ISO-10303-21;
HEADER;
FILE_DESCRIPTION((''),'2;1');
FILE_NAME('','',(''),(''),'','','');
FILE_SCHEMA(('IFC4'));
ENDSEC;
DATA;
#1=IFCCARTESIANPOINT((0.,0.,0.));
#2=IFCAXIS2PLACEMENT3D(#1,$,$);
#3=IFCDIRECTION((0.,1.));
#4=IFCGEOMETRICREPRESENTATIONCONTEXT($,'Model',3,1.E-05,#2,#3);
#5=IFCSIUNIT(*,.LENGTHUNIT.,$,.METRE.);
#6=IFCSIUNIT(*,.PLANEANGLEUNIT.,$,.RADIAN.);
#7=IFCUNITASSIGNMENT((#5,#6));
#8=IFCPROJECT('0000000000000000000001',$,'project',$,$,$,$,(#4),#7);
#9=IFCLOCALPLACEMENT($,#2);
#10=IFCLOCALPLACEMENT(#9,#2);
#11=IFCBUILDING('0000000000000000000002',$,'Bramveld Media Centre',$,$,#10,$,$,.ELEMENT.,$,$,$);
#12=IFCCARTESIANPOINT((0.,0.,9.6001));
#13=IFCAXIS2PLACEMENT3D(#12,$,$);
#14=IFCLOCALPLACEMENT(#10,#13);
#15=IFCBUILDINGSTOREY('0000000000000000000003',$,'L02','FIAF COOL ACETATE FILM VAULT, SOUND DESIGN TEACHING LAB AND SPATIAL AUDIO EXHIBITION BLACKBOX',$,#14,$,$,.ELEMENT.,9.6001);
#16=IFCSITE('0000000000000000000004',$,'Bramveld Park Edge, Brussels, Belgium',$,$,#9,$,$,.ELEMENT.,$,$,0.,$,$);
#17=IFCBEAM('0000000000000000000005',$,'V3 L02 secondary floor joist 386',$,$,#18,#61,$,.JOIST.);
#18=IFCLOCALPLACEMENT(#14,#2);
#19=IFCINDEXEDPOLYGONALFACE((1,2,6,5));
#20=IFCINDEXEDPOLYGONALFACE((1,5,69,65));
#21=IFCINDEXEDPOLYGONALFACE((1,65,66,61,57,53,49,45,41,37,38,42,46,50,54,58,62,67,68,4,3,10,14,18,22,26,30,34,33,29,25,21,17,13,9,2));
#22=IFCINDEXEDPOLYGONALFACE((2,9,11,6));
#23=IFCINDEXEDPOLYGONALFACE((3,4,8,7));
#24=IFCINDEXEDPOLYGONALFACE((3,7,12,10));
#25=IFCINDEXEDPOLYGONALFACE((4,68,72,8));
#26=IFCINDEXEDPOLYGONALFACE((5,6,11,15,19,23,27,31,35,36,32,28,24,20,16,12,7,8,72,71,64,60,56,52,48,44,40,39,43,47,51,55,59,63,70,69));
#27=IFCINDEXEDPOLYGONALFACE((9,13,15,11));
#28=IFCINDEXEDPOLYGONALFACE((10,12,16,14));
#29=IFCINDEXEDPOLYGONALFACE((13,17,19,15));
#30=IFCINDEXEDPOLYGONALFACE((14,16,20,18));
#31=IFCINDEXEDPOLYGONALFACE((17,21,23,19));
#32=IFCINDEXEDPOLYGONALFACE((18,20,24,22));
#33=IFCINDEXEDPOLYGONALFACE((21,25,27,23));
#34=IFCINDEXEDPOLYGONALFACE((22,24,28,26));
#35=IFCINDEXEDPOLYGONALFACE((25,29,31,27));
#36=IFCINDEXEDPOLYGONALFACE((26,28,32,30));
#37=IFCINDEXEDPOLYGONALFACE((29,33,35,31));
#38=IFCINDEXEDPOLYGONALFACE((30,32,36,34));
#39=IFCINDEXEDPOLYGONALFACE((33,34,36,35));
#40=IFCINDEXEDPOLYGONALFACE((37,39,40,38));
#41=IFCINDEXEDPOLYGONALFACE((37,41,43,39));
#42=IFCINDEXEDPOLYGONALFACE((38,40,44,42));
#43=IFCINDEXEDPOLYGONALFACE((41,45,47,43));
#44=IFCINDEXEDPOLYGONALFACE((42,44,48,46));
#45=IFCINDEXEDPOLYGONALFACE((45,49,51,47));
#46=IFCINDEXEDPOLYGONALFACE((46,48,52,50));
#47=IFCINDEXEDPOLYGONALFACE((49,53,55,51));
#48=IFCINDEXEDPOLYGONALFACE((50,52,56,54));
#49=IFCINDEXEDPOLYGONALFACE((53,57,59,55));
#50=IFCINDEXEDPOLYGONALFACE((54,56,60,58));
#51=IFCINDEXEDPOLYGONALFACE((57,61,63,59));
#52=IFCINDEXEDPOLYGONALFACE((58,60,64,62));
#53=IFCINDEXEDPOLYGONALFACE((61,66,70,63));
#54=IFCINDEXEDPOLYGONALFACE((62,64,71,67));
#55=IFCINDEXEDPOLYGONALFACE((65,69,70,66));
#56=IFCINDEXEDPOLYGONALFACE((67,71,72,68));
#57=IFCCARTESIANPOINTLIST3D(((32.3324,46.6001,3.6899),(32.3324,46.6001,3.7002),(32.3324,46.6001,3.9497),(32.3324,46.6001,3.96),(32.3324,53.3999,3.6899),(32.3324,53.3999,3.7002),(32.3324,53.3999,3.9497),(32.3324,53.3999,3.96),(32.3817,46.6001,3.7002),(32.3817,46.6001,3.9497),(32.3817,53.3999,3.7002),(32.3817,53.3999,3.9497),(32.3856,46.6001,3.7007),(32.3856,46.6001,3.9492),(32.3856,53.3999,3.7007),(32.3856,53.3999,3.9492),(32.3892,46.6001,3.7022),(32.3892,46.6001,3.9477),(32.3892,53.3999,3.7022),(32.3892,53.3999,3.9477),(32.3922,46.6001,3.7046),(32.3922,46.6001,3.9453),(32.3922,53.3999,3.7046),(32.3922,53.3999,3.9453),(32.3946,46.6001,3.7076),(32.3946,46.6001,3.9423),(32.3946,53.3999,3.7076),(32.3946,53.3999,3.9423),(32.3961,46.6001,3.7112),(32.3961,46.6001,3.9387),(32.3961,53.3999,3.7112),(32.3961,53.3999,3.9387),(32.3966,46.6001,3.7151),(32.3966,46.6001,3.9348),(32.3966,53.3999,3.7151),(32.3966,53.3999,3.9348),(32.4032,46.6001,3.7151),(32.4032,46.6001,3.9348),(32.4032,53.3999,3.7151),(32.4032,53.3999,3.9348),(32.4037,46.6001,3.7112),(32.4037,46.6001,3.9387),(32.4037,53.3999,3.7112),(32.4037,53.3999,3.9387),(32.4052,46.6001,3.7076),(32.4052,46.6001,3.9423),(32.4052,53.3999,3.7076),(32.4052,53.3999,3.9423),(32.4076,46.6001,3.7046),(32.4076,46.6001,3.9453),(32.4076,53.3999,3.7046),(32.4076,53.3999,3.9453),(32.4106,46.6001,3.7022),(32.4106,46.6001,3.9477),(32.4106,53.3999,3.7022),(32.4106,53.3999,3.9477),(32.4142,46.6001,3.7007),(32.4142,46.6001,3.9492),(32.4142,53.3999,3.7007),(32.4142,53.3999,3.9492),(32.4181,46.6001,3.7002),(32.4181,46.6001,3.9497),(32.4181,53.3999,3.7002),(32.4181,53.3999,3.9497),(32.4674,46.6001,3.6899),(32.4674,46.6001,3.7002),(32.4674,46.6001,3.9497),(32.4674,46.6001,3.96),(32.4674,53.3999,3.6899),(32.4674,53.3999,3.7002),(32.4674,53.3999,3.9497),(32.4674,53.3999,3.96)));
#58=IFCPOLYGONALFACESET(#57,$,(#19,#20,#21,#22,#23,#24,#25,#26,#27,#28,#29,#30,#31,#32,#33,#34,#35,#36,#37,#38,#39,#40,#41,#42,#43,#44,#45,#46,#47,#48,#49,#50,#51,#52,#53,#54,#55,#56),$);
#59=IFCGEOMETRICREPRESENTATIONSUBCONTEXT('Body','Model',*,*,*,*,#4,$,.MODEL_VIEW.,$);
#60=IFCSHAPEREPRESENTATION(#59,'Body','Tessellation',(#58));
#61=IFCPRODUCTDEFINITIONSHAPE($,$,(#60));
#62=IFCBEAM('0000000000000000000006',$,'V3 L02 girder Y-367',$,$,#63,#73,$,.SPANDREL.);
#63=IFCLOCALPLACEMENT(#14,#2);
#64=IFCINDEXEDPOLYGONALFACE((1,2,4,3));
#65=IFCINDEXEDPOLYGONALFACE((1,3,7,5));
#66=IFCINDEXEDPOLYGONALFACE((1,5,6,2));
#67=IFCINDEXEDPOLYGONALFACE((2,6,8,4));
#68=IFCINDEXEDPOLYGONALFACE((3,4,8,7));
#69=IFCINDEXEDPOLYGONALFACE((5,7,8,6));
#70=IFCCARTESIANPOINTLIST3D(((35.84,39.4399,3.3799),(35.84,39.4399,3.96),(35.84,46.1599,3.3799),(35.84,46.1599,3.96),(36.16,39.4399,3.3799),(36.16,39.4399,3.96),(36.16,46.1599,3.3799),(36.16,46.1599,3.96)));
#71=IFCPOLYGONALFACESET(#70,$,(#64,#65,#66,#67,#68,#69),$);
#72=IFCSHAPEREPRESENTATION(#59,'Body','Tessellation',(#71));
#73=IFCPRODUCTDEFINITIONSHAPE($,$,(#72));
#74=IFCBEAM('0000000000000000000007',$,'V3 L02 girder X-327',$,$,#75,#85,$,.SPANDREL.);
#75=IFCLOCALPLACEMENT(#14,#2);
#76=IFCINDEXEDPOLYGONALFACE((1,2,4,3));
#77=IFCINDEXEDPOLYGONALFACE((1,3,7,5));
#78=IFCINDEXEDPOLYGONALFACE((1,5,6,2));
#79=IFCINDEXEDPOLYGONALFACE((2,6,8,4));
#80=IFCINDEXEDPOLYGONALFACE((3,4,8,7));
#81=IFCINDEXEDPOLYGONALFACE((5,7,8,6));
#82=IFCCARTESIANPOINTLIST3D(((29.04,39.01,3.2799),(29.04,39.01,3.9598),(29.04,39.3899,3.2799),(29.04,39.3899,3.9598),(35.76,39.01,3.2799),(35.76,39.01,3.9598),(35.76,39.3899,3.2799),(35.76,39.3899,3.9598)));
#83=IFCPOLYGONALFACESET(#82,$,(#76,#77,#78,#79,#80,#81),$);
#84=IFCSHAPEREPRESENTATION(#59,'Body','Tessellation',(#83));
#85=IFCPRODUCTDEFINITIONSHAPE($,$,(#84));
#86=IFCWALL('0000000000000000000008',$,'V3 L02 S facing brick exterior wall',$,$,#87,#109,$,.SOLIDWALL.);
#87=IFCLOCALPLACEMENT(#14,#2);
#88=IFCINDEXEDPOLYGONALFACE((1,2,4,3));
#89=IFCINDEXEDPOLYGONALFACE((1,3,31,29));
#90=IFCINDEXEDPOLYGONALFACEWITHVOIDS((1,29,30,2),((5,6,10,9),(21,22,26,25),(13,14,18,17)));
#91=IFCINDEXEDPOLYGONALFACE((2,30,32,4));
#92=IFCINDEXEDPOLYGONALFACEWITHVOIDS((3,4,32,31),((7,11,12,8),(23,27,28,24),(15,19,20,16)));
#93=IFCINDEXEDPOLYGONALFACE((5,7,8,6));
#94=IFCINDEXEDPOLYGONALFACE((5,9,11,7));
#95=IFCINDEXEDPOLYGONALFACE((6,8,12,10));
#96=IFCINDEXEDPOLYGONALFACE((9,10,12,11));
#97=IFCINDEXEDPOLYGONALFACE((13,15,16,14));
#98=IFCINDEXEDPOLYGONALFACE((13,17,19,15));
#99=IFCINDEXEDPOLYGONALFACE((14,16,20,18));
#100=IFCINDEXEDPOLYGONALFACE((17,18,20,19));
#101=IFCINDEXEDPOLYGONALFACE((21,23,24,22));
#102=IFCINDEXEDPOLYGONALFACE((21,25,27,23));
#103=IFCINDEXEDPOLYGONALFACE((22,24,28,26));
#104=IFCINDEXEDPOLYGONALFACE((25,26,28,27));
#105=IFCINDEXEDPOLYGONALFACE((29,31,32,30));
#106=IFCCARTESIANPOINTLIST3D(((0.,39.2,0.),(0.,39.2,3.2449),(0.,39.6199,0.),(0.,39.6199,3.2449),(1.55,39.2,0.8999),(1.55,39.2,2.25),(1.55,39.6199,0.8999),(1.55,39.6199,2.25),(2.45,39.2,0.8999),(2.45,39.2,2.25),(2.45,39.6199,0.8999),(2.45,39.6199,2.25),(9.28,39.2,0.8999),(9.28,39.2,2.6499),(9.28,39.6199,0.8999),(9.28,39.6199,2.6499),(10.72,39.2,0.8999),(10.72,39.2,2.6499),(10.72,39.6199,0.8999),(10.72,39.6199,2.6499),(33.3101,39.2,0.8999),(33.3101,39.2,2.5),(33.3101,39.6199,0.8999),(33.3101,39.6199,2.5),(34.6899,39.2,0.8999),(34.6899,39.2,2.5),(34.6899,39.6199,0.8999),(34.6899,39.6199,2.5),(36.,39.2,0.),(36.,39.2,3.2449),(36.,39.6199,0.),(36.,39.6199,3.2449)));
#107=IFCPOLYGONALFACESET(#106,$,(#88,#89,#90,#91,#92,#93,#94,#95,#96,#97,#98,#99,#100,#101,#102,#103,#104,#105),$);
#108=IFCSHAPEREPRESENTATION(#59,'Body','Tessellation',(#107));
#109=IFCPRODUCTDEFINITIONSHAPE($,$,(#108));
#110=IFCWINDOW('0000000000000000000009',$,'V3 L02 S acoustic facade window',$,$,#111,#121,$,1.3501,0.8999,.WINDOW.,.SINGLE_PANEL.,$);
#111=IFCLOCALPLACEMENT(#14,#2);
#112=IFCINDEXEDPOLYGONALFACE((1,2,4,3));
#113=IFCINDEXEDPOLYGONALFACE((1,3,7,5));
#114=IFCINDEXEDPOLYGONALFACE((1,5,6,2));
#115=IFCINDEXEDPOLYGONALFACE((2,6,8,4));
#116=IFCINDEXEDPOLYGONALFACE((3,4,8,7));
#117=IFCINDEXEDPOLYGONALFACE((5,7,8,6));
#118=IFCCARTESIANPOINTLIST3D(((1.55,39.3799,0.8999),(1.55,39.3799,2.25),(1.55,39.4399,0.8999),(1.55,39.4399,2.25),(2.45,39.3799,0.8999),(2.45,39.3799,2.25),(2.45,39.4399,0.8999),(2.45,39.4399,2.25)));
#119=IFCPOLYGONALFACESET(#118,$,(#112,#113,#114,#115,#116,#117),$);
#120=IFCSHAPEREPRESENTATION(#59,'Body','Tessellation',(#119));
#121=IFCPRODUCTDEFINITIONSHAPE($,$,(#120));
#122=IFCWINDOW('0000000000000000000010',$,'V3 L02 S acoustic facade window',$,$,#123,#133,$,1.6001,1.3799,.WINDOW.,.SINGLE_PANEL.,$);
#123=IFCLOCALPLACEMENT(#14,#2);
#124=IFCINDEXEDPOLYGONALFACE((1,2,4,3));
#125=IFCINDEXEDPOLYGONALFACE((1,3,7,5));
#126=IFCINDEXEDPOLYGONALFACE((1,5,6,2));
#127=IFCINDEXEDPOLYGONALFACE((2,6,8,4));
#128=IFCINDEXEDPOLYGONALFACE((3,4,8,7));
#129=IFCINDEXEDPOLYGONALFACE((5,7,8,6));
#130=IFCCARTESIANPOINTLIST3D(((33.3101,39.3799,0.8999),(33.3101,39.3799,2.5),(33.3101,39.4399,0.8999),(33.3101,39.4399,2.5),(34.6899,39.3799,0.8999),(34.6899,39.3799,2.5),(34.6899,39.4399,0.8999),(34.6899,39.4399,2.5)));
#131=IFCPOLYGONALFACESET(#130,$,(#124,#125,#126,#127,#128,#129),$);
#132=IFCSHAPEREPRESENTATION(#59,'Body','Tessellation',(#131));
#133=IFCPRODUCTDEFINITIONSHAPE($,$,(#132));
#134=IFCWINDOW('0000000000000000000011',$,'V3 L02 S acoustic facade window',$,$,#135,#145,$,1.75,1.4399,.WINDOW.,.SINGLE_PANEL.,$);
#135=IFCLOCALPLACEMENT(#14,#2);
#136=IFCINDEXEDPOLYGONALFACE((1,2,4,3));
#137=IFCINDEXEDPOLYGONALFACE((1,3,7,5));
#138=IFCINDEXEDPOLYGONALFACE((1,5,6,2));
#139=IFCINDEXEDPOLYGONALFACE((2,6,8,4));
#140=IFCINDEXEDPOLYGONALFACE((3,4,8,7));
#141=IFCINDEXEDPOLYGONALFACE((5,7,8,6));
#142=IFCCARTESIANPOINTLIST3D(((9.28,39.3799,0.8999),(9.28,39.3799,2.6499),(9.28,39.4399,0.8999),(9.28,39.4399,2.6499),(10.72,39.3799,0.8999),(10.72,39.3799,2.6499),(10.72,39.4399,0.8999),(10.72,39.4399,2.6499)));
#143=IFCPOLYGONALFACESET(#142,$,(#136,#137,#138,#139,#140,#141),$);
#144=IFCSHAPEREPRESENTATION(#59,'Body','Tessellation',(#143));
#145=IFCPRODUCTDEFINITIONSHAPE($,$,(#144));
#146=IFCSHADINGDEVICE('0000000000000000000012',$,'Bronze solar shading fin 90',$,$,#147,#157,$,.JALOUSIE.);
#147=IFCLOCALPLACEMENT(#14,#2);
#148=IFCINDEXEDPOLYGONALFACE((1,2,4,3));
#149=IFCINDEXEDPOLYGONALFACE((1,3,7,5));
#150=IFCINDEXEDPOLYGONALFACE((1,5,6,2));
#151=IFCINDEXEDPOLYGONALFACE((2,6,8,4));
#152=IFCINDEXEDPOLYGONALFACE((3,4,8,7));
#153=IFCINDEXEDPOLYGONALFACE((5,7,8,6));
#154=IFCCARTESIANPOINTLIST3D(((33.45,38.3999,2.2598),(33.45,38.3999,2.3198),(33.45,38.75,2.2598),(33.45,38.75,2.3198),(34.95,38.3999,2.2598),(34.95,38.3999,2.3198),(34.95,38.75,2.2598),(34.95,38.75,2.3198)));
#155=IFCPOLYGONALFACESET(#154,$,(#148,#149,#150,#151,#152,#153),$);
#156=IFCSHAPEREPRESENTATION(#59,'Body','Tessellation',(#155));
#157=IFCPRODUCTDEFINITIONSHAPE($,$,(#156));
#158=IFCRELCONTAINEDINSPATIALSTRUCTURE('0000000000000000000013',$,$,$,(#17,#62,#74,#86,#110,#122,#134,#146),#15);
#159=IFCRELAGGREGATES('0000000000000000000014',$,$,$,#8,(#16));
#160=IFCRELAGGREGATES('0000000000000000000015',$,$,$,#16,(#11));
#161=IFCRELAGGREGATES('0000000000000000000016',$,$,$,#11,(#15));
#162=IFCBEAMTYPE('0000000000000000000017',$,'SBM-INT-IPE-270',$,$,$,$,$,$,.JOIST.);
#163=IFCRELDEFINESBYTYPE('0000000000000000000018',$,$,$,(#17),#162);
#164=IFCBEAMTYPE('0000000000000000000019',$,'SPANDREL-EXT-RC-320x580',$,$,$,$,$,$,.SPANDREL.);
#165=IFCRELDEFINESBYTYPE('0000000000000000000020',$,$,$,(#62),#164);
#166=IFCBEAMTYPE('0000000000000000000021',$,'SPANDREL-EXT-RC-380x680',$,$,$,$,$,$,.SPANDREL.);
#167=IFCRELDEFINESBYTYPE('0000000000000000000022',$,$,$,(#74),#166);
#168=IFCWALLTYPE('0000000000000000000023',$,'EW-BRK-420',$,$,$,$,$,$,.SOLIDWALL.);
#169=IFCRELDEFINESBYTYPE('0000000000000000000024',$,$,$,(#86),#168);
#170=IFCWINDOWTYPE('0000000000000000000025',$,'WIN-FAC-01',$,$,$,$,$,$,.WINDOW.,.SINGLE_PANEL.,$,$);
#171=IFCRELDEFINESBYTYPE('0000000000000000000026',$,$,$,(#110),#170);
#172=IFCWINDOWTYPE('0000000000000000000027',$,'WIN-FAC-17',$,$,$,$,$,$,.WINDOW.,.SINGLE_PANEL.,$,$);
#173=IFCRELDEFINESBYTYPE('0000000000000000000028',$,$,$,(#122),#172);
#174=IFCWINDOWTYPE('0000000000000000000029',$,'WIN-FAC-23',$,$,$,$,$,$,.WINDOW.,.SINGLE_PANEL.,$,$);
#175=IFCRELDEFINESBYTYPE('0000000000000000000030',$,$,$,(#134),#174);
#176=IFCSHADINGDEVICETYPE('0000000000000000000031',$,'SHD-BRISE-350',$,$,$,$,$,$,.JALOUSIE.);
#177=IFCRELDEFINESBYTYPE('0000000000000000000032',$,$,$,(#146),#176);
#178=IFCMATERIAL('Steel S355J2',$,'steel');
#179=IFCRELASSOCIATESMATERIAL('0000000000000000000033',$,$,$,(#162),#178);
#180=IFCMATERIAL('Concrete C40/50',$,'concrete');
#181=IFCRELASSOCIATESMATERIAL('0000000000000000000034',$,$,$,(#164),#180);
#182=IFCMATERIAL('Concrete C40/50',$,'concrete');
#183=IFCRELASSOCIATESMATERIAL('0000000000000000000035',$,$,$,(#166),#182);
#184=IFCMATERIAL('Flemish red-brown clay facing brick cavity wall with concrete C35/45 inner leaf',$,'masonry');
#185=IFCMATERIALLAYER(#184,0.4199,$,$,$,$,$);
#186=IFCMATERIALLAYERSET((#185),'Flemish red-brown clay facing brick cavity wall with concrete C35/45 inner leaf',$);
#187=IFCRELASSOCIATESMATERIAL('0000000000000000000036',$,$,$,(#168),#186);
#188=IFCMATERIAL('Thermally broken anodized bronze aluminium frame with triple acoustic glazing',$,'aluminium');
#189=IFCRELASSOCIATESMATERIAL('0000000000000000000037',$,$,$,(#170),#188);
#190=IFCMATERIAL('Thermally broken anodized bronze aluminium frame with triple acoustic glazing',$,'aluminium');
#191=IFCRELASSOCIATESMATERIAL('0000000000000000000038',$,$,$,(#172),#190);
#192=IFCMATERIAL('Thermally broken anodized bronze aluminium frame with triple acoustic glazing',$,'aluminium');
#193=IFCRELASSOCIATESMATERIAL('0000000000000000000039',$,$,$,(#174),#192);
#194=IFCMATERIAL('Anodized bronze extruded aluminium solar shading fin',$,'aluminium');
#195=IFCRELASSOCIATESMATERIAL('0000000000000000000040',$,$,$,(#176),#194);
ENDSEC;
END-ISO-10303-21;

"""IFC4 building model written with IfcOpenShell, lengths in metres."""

from ifc_helpers import new_model, si_unit, direction, frame, frame_2d, origin, origin_2d, place, context, subcontext, project, spatial, rectangle, i_section, extrude, material, layer, layer_set, material_profile, profile_set, type_object, element, fill, save


model = new_model("IFC4")

# Units and contexts
model_context = context("Model", 3, precision=1e-05, world=origin(), true_north=direction((0.0, 1.0)))
body_context = subcontext(model_context, "Body", "Model", "MODEL_VIEW")
ifc_project = project(units=[si_unit("LENGTHUNIT", "METRE"), si_unit("PLANEANGLEUNIT", "RADIAN")], contexts=[model_context])

# Site, building, storey
site_placement = place(None, origin())
site = spatial("IfcSite", under=ifc_project, at=site_placement, Name="Bramveld Park Edge, Brussels, Belgium", CompositionType="ELEMENT", RefElevation=0.0)
building_placement = place(site_placement, origin())
building = spatial("IfcBuilding", under=site, at=building_placement, Name="Bramveld Media Centre", CompositionType="ELEMENT")
storey_placement = place(building_placement, frame((0.0, 0.0, 9.6001)))
storey = spatial("IfcBuildingStorey", under=building, at=storey_placement, Name="L02", Description="FIAF COOL ACETATE FILM VAULT, SOUND DESIGN TEACHING LAB AND SPATIAL AUDIO EXHIBITION BLACKBOX", CompositionType="ELEMENT", Elevation=9.6001)

# Beams
ifc_material_1 = material(Name="Steel S355J2", Category="steel")
ifc_material_profile_1 = material_profile(ifc_material_1, i_section(OverallWidth=0.135, OverallDepth=0.27, WebThickness=0.0066, FlangeThickness=0.0103, FilletRadius=0.0149, at=origin_2d()), Name="IPE 270")
ifc_profile_set_1 = profile_set([ifc_material_profile_1], Name="Steel S355J2")
beam_type_1 = type_object("IfcBeamType", Name="SBM-INT-IPE-270", PredefinedType="JOIST", material=ifc_profile_set_1)
beam_1_placement = place(storey_placement, frame((32.3999, 46.6001, 3.825), z_axis=(0.0, 1.0, 0.0), x_axis=(-1.0, 0.0, 0.0)))
element("IfcBeam", 1, at=beam_1_placement, inside=storey, type_object=beam_type_1, Name="V3 L02 secondary floor joist 386", PredefinedType="JOIST", context=body_context, shape_type="SweptSolid", body=[
    extrude(i_section(OverallWidth=0.135, OverallDepth=0.27, WebThickness=0.0066, FlangeThickness=0.0103, FilletRadius=0.0149, at=origin_2d()), origin(), (0.0, 0.0, 1.0), 6.7998),
])
ifc_material_2 = material(Name="Concrete C40/50", Category="concrete")
ifc_material_profile_2 = material_profile(ifc_material_2, rectangle(XDim=0.3201, YDim=0.5801, at=origin_2d()), Name="RC 320x580")
ifc_profile_set_2 = profile_set([ifc_material_profile_2], Name="Concrete C40/50")
beam_type_2 = type_object("IfcBeamType", Name="SPANDREL-EXT-RC-320x580", PredefinedType="SPANDREL", material=ifc_profile_set_2)
beam_2_placement = place(storey_placement, frame((36.0, 39.4399, 3.6699), z_axis=(0.0, 1.0, 0.0), x_axis=(-1.0, 0.0, 0.0)))
element("IfcBeam", 2, at=beam_2_placement, inside=storey, type_object=beam_type_2, Name="V3 L02 girder Y-367", PredefinedType="SPANDREL", context=body_context, shape_type="SweptSolid", body=[
    extrude(rectangle(XDim=0.3201, YDim=0.5801, at=origin_2d()), origin(), (0.0, 0.0, 1.0), 6.72),
])
ifc_material_3 = material(Name="Concrete C40/50", Category="concrete")
ifc_material_profile_3 = material_profile(ifc_material_3, rectangle(XDim=0.3799, YDim=0.6799, at=origin_2d()), Name="RC 380x680")
ifc_profile_set_3 = profile_set([ifc_material_profile_3], Name="Concrete C40/50")
beam_type_3 = type_object("IfcBeamType", Name="SPANDREL-EXT-RC-380x680", PredefinedType="SPANDREL", material=ifc_profile_set_3)
beam_3_placement = place(storey_placement, frame((29.04, 39.2, 3.6199), z_axis=(1.0, 0.0, 0.0), x_axis=(0.0, 1.0, 0.0)))
element("IfcBeam", 3, at=beam_3_placement, inside=storey, type_object=beam_type_3, Name="V3 L02 girder X-327", PredefinedType="SPANDREL", context=body_context, shape_type="SweptSolid", body=[
    extrude(rectangle(XDim=0.3799, YDim=0.6799, at=origin_2d()), origin(), (0.0, 0.0, 1.0), 6.72),
])

# Wall, openings, windows
ifc_material_4 = material(Name="Flemish red-brown clay facing brick cavity wall with concrete C35/45 inner leaf", Category="masonry")
ifc_layer = layer(ifc_material_4, 0.4199)
ifc_layer_set = layer_set([ifc_layer], Name="Flemish red-brown clay facing brick cavity wall with concrete C35/45 inner leaf")
wall_type = type_object("IfcWallType", Name="EW-BRK-420", PredefinedType="SOLIDWALL", material=ifc_layer_set)
wall_placement = place(storey_placement, frame((36.0, 39.4099, 0.0), z_axis=(0.0, 0.0, 1.0), x_axis=(-1.0, 0.0, 0.0)))
wall = element("IfcWall", 4, at=wall_placement, inside=storey, type_object=wall_type, Name="V3 L02 S facing brick exterior wall", PredefinedType="SOLIDWALL", context=body_context, shape_type="SweptSolid", body=[
    extrude(rectangle(XDim=36.0, YDim=0.4199, at=frame_2d((18.0, 0.0))), origin(), (0.0, 0.0, 1.0), 3.2449),
])
opening_1_placement = place(wall_placement, frame((1.3101, 0.0, 0.8999)))
opening_1 = element("IfcOpeningElement", 5, at=opening_1_placement, cuts=wall, PredefinedType="OPENING", context=body_context, shape_type="SweptSolid", body=[
    extrude(rectangle(XDim=1.3799, YDim=1.6001, at=frame_2d((0.6899, 0.8))), frame((0.0, 0.2219, 0.0), z_axis=(0.0, -1.0, 0.0), x_axis=(1.0, 0.0, 0.0)), (0.0, 0.0, 1.0), 0.4438),
])
opening_2_placement = place(wall_placement, frame((25.28, 0.0, 0.8999)))
opening_2 = element("IfcOpeningElement", 6, at=opening_2_placement, cuts=wall, PredefinedType="OPENING", context=body_context, shape_type="SweptSolid", body=[
    extrude(rectangle(XDim=1.4399, YDim=1.75, at=frame_2d((0.72, 0.875))), frame((0.0, 0.2219, 0.0), z_axis=(0.0, -1.0, 0.0), x_axis=(1.0, 0.0, 0.0)), (0.0, 0.0, 1.0), 0.4438),
])
opening_3_placement = place(wall_placement, frame((33.55, 0.0, 0.8999)))
opening_3 = element("IfcOpeningElement", 7, at=opening_3_placement, cuts=wall, PredefinedType="OPENING", context=body_context, shape_type="SweptSolid", body=[
    extrude(rectangle(XDim=0.8999, YDim=1.3501, at=frame_2d((0.45, 0.675))), frame((0.0, 0.2219, 0.0), z_axis=(0.0, -1.0, 0.0), x_axis=(1.0, 0.0, 0.0)), (0.0, 0.0, 1.0), 0.4438),
])
ifc_material_5 = material(Name="Thermally broken anodized bronze aluminium frame with triple acoustic glazing", Category="aluminium")
window_type_1 = type_object("IfcWindowType", Name="WIN-FAC-01", PartitioningType="SINGLE_PANEL", PredefinedType="WINDOW", material=ifc_material_5)
window_1_placement = place(opening_3_placement, origin())
window_1 = element("IfcWindow", 8, at=window_1_placement, inside=storey, type_object=window_type_1, Name="V3 L02 S acoustic facade window", OverallHeight=1.3501, OverallWidth=0.8999, PartitioningType="SINGLE_PANEL", PredefinedType="WINDOW", context=body_context, shape_type="SweptSolid", body=[
    extrude(rectangle(XDim=0.8999, YDim=1.3501, at=frame_2d((0.45, 0.675))), frame((0.0, 0.03, 0.0), z_axis=(0.0, -1.0, 0.0), x_axis=(1.0, 0.0, 0.0)), (0.0, 0.0, 1.0), 0.0601),
])
fill(opening_3, window_1)
ifc_material_6 = material(Name="Thermally broken anodized bronze aluminium frame with triple acoustic glazing", Category="aluminium")
window_type_2 = type_object("IfcWindowType", Name="WIN-FAC-17", PartitioningType="SINGLE_PANEL", PredefinedType="WINDOW", material=ifc_material_6)
window_2_placement = place(opening_1_placement, origin())
window_2 = element("IfcWindow", 9, at=window_2_placement, inside=storey, type_object=window_type_2, Name="V3 L02 S acoustic facade window", OverallHeight=1.6001, OverallWidth=1.3799, PartitioningType="SINGLE_PANEL", PredefinedType="WINDOW", context=body_context, shape_type="SweptSolid", body=[
    extrude(rectangle(XDim=1.3799, YDim=1.6001, at=frame_2d((0.6899, 0.8))), frame((0.0, 0.03, 0.0), z_axis=(0.0, -1.0, 0.0), x_axis=(1.0, 0.0, 0.0)), (0.0, 0.0, 1.0), 0.0601),
])
fill(opening_1, window_2)
ifc_material_7 = material(Name="Thermally broken anodized bronze aluminium frame with triple acoustic glazing", Category="aluminium")
window_type_3 = type_object("IfcWindowType", Name="WIN-FAC-23", PartitioningType="SINGLE_PANEL", PredefinedType="WINDOW", material=ifc_material_7)
window_3_placement = place(opening_2_placement, origin())
window_3 = element("IfcWindow", 10, at=window_3_placement, inside=storey, type_object=window_type_3, Name="V3 L02 S acoustic facade window", OverallHeight=1.75, OverallWidth=1.4399, PartitioningType="SINGLE_PANEL", PredefinedType="WINDOW", context=body_context, shape_type="SweptSolid", body=[
    extrude(rectangle(XDim=1.4399, YDim=1.75, at=frame_2d((0.72, 0.875))), frame((0.0, 0.03, 0.0), z_axis=(0.0, -1.0, 0.0), x_axis=(1.0, 0.0, 0.0)), (0.0, 0.0, 1.0), 0.0601),
])
fill(opening_2, window_3)

# Shading device
ifc_material_8 = material(Name="Anodized bronze extruded aluminium solar shading fin", Category="aluminium")
shading_device_type_1 = type_object("IfcShadingDeviceType", Name="SHD-BRISE-350", PredefinedType="JALOUSIE", material=ifc_material_8)
shading_device_1_placement = place(storey_placement, frame((34.2, 38.575, 2.2598), z_axis=(0.0, 0.0, 1.0), x_axis=(1.0, 0.0, 0.0)))
element("IfcShadingDevice", 11, at=shading_device_1_placement, inside=storey, type_object=shading_device_type_1, Name="Bronze solar shading fin 90", PredefinedType="JALOUSIE", context=body_context, shape_type="SweptSolid", body=[
    extrude(rectangle(XDim=1.5, YDim=0.3501, at=origin_2d()), origin(), (0.0, 0.0, 1.0), 0.0601),
])

save(model, "model.ifc")
